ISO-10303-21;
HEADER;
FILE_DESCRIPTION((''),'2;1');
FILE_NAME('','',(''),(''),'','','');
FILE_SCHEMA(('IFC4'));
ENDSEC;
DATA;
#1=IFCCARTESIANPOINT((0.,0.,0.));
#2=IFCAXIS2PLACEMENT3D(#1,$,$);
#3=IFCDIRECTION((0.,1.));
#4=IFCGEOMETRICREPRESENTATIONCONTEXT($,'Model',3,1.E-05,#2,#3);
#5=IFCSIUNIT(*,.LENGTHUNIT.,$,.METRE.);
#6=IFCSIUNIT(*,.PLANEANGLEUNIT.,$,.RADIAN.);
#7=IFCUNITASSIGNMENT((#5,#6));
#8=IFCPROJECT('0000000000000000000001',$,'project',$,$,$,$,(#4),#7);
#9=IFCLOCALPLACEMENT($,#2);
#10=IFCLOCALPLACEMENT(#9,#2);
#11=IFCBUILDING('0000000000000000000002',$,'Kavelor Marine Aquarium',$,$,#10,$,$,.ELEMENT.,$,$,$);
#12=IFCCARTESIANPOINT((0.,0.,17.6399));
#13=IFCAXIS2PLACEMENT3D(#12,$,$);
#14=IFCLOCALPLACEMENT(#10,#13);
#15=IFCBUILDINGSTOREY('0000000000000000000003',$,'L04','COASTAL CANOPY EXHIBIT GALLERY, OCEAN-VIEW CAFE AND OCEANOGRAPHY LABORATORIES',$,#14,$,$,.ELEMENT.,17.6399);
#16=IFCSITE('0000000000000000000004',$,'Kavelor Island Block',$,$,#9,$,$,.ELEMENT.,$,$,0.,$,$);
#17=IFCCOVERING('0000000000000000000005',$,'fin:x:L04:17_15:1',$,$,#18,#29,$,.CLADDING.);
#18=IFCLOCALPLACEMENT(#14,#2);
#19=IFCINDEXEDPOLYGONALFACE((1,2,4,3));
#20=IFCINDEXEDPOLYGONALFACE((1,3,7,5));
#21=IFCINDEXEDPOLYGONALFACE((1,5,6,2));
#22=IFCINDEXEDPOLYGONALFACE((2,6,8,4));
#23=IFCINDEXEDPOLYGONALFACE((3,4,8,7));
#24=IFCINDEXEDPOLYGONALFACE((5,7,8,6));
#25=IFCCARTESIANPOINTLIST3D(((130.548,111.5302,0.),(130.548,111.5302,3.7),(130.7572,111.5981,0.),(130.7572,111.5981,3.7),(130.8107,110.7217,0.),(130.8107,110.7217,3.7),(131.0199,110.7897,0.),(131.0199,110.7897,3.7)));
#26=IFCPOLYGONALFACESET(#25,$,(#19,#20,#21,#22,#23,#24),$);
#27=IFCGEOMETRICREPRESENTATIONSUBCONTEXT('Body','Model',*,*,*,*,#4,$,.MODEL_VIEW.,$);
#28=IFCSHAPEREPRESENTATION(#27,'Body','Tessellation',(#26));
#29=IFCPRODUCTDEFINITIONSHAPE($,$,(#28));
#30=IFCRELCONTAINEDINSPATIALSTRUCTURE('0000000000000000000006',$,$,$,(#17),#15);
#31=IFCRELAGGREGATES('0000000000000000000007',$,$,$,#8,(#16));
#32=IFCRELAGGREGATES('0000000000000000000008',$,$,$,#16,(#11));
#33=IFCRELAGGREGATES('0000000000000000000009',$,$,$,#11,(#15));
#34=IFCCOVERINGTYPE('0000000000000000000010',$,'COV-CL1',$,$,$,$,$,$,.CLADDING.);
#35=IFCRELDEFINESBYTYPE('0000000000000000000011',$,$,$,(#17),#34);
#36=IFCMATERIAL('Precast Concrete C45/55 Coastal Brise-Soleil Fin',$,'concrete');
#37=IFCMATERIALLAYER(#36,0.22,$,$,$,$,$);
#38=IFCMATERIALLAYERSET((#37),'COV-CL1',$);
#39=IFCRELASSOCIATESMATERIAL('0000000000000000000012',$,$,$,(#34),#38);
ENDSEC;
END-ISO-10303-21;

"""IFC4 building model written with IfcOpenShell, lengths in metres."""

from ifc_helpers import new_model, si_unit, direction, frame, origin, origin_2d, place, context, subcontext, project, spatial, rectangle, extrude, material, layer, layer_set, type_object, element, save


model = new_model("IFC4")

# Units and contexts
model_context = context("Model", 3, precision=1e-05, world=origin(), true_north=direction((0.0, 1.0)))
body_context = subcontext(model_context, "Body", "Model", "MODEL_VIEW")
ifc_project = project(units=[si_unit("LENGTHUNIT", "METRE"), si_unit("PLANEANGLEUNIT", "RADIAN")], contexts=[model_context])

# Site, building, storey
site_placement = place(None, origin())
site = spatial("IfcSite", under=ifc_project, at=site_placement, Name="Kavelor Island Block", CompositionType="ELEMENT", RefElevation=0.0)
building_placement = place(site_placement, origin())
building = spatial("IfcBuilding", under=site, at=building_placement, Name="Kavelor Marine Aquarium", CompositionType="ELEMENT")
storey_placement = place(building_placement, frame((0.0, 0.0, 17.6399)))
storey = spatial("IfcBuildingStorey", under=building, at=storey_placement, Name="L04", Description="COASTAL CANOPY EXHIBIT GALLERY, OCEAN-VIEW CAFE AND OCEANOGRAPHY LABORATORIES", CompositionType="ELEMENT", Elevation=17.6399)

# Covering
ifc_material_1 = material(Name="Precast Concrete C45/55 Coastal Brise-Soleil Fin", Category="concrete")
ifc_layer_1 = layer(ifc_material_1, 0.22)
ifc_layer_set_1 = layer_set([ifc_layer_1], Name="COV-CL1")
covering_type = type_object("IfcCoveringType", Name="COV-CL1", PredefinedType="CLADDING", material=ifc_layer_set_1)
for number, where, z_axis, x_axis, name in (
    (1, (130.7839, 111.1599, 0.0), (0.0, 0.0, 1.0), (0.951057, 0.309017, 0.0), "fin:x:L04:17_15:1"),
):
    element("IfcCovering", number, at=place(storey_placement, frame(where, z_axis=z_axis, x_axis=x_axis)), inside=storey, type_object=covering_type, Name=name, PredefinedType="CLADDING", context=body_context, shape_type="SweptSolid", body=[
        extrude(rectangle(XDim=0.22, YDim=0.8501, at=origin_2d()), origin(), (0.0, 0.0, 1.0), 3.7),
    ])

save(model, "model.ifc")
